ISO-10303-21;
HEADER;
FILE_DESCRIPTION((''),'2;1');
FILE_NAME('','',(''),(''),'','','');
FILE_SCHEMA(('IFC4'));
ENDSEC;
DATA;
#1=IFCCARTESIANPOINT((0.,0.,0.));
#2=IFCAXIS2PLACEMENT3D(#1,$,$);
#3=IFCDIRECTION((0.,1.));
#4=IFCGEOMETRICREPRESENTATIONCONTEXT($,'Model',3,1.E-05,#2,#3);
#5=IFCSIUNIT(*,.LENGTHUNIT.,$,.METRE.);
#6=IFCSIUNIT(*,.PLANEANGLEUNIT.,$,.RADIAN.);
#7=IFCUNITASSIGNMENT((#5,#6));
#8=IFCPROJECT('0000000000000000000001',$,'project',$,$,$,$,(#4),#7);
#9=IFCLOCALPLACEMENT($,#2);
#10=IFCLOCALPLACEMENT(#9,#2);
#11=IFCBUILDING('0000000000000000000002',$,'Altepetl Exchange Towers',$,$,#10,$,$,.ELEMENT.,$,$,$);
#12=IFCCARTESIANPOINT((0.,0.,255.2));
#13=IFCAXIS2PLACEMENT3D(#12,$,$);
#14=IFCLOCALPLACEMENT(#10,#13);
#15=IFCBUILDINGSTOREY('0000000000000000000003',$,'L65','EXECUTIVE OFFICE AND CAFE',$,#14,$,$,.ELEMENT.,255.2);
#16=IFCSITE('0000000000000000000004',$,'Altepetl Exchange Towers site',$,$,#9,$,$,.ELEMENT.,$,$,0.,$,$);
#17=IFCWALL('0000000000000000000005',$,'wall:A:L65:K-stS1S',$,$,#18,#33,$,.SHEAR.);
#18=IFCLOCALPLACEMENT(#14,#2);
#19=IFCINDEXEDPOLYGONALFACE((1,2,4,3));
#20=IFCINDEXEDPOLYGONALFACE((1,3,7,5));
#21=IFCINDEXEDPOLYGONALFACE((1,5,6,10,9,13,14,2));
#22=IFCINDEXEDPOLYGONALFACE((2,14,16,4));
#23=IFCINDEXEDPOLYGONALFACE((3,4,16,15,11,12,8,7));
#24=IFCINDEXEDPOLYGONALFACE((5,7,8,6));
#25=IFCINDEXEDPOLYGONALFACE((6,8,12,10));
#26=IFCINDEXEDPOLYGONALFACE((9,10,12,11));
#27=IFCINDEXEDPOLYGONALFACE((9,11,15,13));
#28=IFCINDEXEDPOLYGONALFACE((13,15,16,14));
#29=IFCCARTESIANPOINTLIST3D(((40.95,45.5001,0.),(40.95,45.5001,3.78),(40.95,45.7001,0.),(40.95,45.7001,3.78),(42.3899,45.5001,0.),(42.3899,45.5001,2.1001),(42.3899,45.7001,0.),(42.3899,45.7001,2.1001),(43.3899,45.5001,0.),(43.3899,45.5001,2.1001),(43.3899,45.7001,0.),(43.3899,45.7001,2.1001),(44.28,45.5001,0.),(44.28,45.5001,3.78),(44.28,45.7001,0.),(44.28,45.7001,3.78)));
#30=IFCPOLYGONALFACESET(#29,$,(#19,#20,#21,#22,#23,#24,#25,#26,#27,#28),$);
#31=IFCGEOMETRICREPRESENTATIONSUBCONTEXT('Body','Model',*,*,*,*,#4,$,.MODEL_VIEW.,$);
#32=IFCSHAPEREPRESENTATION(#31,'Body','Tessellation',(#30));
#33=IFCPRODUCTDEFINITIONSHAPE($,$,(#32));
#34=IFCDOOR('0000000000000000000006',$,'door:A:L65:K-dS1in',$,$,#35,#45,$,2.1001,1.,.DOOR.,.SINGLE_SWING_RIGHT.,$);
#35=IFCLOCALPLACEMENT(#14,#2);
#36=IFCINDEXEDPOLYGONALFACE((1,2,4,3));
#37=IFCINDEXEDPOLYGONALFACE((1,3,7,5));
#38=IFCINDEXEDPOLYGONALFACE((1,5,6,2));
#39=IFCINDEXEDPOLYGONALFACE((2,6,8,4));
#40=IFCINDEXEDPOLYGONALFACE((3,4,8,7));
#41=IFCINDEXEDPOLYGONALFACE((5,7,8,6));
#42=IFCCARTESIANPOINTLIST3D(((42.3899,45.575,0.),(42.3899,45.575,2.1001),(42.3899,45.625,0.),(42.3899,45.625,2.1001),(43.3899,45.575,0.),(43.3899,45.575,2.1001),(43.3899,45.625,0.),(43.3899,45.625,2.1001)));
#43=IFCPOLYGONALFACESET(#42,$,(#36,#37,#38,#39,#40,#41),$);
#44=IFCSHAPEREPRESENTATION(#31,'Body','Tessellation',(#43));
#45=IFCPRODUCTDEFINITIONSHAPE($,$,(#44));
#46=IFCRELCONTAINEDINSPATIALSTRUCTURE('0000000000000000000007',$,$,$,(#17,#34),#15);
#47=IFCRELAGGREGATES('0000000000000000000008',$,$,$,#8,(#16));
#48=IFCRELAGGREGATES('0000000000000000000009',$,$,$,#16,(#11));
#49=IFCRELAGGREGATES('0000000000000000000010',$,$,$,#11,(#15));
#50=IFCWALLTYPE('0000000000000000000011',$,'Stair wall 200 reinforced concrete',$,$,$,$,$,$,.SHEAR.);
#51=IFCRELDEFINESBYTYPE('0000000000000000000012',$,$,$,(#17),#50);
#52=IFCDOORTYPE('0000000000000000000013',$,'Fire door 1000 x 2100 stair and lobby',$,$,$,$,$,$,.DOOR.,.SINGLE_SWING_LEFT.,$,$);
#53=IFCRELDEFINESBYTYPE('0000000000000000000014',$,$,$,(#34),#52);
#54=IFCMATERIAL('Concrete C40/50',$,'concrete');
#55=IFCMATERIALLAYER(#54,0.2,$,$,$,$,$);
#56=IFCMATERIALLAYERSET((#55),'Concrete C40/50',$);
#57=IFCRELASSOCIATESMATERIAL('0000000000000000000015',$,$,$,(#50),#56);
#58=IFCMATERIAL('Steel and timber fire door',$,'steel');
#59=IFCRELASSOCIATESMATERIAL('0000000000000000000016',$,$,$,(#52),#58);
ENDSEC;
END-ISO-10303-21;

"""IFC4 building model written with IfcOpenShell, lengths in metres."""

from ifc_helpers import new_model, si_unit, direction, frame, frame_2d, origin, place, context, subcontext, project, spatial, rectangle, extrude, material, layer, layer_set, type_object, element, fill, save


model = new_model("IFC4")

# Units and contexts
model_context = context("Model", 3, precision=1e-05, world=origin(), true_north=direction((0.0, 1.0)))
body_context = subcontext(model_context, "Body", "Model", "MODEL_VIEW")
ifc_project = project(units=[si_unit("LENGTHUNIT", "METRE"), si_unit("PLANEANGLEUNIT", "RADIAN")], contexts=[model_context])

# Site, building, storey
site_placement = place(None, origin())
site = spatial("IfcSite", under=ifc_project, at=site_placement, Name="Altepetl Exchange Towers site", CompositionType="ELEMENT", RefElevation=0.0)
building_placement = place(site_placement, origin())
building = spatial("IfcBuilding", under=site, at=building_placement, Name="Altepetl Exchange Towers", CompositionType="ELEMENT")
storey_placement = place(building_placement, frame((0.0, 0.0, 255.2)))
storey = spatial("IfcBuildingStorey", under=building, at=storey_placement, Name="L65", Description="EXECUTIVE OFFICE AND CAFE", CompositionType="ELEMENT", Elevation=255.2)

# Shared definitions
ifc_material_1 = material(Name="Steel and timber fire door", Category="steel")

# Shared definitions
ifc_material_2 = material(Name="Concrete C40/50", Category="concrete")

# Shared definitions
ifc_layer_1 = layer(ifc_material_2, 0.2)
ifc_layer_set_1 = layer_set([ifc_layer_1], Name="Concrete C40/50")
wall_type_1 = type_object("IfcWallType", Name="Stair wall 200 reinforced concrete", PredefinedType="SHEAR", material=ifc_layer_set_1)

# Wall, opening, door
wall_1_placement = place(storey_placement, frame((40.95, 45.6001, 0.0)))
wall_1 = element("IfcWall", 1, at=wall_1_placement, inside=storey, type_object=wall_type_1, Name="wall:A:L65:K-stS1S", PredefinedType="SHEAR", context=body_context, shape_type="SweptSolid", body=[
    extrude(rectangle(XDim=3.3301, YDim=0.2, at=frame_2d((1.665, 0.0))), origin(), (0.0, 0.0, 1.0), 3.78),
])
opening_1_placement = place(wall_1_placement, frame((1.4399, 0.0, 0.0)))
opening_1 = element("IfcOpeningElement", 2, at=opening_1_placement, cuts=wall_1, PredefinedType="OPENING", context=body_context, shape_type="SweptSolid", body=[
    extrude(rectangle(XDim=1.0, YDim=2.1001, at=frame_2d((0.5, 1.05))), frame((0.0, 0.1099, 0.0), z_axis=(0.0, -1.0, 0.0), x_axis=(1.0, 0.0, 0.0)), (0.0, 0.0, 1.0), 0.22),
])
door_type_1 = type_object("IfcDoorType", Name="Fire door 1000 x 2100 stair and lobby", OperationType="SINGLE_SWING_LEFT", PredefinedType="DOOR", material=ifc_material_1)
door_1_placement = place(opening_1_placement, origin())
door_1 = element("IfcDoor", 3, at=door_1_placement, inside=storey, type_object=door_type_1, Name="door:A:L65:K-dS1in", OperationType="SINGLE_SWING_RIGHT", OverallHeight=2.1001, OverallWidth=1.0, PredefinedType="DOOR", context=body_context, shape_type="SweptSolid", body=[
    extrude(rectangle(XDim=1.0, YDim=2.1001, at=frame_2d((0.5, 1.05))), frame((0.0, 0.0249, 0.0), z_axis=(0.0, -1.0, 0.0), x_axis=(1.0, 0.0, 0.0)), (0.0, 0.0, 1.0), 0.05),
])
fill(opening_1, door_1)

save(model, "model.ifc")
